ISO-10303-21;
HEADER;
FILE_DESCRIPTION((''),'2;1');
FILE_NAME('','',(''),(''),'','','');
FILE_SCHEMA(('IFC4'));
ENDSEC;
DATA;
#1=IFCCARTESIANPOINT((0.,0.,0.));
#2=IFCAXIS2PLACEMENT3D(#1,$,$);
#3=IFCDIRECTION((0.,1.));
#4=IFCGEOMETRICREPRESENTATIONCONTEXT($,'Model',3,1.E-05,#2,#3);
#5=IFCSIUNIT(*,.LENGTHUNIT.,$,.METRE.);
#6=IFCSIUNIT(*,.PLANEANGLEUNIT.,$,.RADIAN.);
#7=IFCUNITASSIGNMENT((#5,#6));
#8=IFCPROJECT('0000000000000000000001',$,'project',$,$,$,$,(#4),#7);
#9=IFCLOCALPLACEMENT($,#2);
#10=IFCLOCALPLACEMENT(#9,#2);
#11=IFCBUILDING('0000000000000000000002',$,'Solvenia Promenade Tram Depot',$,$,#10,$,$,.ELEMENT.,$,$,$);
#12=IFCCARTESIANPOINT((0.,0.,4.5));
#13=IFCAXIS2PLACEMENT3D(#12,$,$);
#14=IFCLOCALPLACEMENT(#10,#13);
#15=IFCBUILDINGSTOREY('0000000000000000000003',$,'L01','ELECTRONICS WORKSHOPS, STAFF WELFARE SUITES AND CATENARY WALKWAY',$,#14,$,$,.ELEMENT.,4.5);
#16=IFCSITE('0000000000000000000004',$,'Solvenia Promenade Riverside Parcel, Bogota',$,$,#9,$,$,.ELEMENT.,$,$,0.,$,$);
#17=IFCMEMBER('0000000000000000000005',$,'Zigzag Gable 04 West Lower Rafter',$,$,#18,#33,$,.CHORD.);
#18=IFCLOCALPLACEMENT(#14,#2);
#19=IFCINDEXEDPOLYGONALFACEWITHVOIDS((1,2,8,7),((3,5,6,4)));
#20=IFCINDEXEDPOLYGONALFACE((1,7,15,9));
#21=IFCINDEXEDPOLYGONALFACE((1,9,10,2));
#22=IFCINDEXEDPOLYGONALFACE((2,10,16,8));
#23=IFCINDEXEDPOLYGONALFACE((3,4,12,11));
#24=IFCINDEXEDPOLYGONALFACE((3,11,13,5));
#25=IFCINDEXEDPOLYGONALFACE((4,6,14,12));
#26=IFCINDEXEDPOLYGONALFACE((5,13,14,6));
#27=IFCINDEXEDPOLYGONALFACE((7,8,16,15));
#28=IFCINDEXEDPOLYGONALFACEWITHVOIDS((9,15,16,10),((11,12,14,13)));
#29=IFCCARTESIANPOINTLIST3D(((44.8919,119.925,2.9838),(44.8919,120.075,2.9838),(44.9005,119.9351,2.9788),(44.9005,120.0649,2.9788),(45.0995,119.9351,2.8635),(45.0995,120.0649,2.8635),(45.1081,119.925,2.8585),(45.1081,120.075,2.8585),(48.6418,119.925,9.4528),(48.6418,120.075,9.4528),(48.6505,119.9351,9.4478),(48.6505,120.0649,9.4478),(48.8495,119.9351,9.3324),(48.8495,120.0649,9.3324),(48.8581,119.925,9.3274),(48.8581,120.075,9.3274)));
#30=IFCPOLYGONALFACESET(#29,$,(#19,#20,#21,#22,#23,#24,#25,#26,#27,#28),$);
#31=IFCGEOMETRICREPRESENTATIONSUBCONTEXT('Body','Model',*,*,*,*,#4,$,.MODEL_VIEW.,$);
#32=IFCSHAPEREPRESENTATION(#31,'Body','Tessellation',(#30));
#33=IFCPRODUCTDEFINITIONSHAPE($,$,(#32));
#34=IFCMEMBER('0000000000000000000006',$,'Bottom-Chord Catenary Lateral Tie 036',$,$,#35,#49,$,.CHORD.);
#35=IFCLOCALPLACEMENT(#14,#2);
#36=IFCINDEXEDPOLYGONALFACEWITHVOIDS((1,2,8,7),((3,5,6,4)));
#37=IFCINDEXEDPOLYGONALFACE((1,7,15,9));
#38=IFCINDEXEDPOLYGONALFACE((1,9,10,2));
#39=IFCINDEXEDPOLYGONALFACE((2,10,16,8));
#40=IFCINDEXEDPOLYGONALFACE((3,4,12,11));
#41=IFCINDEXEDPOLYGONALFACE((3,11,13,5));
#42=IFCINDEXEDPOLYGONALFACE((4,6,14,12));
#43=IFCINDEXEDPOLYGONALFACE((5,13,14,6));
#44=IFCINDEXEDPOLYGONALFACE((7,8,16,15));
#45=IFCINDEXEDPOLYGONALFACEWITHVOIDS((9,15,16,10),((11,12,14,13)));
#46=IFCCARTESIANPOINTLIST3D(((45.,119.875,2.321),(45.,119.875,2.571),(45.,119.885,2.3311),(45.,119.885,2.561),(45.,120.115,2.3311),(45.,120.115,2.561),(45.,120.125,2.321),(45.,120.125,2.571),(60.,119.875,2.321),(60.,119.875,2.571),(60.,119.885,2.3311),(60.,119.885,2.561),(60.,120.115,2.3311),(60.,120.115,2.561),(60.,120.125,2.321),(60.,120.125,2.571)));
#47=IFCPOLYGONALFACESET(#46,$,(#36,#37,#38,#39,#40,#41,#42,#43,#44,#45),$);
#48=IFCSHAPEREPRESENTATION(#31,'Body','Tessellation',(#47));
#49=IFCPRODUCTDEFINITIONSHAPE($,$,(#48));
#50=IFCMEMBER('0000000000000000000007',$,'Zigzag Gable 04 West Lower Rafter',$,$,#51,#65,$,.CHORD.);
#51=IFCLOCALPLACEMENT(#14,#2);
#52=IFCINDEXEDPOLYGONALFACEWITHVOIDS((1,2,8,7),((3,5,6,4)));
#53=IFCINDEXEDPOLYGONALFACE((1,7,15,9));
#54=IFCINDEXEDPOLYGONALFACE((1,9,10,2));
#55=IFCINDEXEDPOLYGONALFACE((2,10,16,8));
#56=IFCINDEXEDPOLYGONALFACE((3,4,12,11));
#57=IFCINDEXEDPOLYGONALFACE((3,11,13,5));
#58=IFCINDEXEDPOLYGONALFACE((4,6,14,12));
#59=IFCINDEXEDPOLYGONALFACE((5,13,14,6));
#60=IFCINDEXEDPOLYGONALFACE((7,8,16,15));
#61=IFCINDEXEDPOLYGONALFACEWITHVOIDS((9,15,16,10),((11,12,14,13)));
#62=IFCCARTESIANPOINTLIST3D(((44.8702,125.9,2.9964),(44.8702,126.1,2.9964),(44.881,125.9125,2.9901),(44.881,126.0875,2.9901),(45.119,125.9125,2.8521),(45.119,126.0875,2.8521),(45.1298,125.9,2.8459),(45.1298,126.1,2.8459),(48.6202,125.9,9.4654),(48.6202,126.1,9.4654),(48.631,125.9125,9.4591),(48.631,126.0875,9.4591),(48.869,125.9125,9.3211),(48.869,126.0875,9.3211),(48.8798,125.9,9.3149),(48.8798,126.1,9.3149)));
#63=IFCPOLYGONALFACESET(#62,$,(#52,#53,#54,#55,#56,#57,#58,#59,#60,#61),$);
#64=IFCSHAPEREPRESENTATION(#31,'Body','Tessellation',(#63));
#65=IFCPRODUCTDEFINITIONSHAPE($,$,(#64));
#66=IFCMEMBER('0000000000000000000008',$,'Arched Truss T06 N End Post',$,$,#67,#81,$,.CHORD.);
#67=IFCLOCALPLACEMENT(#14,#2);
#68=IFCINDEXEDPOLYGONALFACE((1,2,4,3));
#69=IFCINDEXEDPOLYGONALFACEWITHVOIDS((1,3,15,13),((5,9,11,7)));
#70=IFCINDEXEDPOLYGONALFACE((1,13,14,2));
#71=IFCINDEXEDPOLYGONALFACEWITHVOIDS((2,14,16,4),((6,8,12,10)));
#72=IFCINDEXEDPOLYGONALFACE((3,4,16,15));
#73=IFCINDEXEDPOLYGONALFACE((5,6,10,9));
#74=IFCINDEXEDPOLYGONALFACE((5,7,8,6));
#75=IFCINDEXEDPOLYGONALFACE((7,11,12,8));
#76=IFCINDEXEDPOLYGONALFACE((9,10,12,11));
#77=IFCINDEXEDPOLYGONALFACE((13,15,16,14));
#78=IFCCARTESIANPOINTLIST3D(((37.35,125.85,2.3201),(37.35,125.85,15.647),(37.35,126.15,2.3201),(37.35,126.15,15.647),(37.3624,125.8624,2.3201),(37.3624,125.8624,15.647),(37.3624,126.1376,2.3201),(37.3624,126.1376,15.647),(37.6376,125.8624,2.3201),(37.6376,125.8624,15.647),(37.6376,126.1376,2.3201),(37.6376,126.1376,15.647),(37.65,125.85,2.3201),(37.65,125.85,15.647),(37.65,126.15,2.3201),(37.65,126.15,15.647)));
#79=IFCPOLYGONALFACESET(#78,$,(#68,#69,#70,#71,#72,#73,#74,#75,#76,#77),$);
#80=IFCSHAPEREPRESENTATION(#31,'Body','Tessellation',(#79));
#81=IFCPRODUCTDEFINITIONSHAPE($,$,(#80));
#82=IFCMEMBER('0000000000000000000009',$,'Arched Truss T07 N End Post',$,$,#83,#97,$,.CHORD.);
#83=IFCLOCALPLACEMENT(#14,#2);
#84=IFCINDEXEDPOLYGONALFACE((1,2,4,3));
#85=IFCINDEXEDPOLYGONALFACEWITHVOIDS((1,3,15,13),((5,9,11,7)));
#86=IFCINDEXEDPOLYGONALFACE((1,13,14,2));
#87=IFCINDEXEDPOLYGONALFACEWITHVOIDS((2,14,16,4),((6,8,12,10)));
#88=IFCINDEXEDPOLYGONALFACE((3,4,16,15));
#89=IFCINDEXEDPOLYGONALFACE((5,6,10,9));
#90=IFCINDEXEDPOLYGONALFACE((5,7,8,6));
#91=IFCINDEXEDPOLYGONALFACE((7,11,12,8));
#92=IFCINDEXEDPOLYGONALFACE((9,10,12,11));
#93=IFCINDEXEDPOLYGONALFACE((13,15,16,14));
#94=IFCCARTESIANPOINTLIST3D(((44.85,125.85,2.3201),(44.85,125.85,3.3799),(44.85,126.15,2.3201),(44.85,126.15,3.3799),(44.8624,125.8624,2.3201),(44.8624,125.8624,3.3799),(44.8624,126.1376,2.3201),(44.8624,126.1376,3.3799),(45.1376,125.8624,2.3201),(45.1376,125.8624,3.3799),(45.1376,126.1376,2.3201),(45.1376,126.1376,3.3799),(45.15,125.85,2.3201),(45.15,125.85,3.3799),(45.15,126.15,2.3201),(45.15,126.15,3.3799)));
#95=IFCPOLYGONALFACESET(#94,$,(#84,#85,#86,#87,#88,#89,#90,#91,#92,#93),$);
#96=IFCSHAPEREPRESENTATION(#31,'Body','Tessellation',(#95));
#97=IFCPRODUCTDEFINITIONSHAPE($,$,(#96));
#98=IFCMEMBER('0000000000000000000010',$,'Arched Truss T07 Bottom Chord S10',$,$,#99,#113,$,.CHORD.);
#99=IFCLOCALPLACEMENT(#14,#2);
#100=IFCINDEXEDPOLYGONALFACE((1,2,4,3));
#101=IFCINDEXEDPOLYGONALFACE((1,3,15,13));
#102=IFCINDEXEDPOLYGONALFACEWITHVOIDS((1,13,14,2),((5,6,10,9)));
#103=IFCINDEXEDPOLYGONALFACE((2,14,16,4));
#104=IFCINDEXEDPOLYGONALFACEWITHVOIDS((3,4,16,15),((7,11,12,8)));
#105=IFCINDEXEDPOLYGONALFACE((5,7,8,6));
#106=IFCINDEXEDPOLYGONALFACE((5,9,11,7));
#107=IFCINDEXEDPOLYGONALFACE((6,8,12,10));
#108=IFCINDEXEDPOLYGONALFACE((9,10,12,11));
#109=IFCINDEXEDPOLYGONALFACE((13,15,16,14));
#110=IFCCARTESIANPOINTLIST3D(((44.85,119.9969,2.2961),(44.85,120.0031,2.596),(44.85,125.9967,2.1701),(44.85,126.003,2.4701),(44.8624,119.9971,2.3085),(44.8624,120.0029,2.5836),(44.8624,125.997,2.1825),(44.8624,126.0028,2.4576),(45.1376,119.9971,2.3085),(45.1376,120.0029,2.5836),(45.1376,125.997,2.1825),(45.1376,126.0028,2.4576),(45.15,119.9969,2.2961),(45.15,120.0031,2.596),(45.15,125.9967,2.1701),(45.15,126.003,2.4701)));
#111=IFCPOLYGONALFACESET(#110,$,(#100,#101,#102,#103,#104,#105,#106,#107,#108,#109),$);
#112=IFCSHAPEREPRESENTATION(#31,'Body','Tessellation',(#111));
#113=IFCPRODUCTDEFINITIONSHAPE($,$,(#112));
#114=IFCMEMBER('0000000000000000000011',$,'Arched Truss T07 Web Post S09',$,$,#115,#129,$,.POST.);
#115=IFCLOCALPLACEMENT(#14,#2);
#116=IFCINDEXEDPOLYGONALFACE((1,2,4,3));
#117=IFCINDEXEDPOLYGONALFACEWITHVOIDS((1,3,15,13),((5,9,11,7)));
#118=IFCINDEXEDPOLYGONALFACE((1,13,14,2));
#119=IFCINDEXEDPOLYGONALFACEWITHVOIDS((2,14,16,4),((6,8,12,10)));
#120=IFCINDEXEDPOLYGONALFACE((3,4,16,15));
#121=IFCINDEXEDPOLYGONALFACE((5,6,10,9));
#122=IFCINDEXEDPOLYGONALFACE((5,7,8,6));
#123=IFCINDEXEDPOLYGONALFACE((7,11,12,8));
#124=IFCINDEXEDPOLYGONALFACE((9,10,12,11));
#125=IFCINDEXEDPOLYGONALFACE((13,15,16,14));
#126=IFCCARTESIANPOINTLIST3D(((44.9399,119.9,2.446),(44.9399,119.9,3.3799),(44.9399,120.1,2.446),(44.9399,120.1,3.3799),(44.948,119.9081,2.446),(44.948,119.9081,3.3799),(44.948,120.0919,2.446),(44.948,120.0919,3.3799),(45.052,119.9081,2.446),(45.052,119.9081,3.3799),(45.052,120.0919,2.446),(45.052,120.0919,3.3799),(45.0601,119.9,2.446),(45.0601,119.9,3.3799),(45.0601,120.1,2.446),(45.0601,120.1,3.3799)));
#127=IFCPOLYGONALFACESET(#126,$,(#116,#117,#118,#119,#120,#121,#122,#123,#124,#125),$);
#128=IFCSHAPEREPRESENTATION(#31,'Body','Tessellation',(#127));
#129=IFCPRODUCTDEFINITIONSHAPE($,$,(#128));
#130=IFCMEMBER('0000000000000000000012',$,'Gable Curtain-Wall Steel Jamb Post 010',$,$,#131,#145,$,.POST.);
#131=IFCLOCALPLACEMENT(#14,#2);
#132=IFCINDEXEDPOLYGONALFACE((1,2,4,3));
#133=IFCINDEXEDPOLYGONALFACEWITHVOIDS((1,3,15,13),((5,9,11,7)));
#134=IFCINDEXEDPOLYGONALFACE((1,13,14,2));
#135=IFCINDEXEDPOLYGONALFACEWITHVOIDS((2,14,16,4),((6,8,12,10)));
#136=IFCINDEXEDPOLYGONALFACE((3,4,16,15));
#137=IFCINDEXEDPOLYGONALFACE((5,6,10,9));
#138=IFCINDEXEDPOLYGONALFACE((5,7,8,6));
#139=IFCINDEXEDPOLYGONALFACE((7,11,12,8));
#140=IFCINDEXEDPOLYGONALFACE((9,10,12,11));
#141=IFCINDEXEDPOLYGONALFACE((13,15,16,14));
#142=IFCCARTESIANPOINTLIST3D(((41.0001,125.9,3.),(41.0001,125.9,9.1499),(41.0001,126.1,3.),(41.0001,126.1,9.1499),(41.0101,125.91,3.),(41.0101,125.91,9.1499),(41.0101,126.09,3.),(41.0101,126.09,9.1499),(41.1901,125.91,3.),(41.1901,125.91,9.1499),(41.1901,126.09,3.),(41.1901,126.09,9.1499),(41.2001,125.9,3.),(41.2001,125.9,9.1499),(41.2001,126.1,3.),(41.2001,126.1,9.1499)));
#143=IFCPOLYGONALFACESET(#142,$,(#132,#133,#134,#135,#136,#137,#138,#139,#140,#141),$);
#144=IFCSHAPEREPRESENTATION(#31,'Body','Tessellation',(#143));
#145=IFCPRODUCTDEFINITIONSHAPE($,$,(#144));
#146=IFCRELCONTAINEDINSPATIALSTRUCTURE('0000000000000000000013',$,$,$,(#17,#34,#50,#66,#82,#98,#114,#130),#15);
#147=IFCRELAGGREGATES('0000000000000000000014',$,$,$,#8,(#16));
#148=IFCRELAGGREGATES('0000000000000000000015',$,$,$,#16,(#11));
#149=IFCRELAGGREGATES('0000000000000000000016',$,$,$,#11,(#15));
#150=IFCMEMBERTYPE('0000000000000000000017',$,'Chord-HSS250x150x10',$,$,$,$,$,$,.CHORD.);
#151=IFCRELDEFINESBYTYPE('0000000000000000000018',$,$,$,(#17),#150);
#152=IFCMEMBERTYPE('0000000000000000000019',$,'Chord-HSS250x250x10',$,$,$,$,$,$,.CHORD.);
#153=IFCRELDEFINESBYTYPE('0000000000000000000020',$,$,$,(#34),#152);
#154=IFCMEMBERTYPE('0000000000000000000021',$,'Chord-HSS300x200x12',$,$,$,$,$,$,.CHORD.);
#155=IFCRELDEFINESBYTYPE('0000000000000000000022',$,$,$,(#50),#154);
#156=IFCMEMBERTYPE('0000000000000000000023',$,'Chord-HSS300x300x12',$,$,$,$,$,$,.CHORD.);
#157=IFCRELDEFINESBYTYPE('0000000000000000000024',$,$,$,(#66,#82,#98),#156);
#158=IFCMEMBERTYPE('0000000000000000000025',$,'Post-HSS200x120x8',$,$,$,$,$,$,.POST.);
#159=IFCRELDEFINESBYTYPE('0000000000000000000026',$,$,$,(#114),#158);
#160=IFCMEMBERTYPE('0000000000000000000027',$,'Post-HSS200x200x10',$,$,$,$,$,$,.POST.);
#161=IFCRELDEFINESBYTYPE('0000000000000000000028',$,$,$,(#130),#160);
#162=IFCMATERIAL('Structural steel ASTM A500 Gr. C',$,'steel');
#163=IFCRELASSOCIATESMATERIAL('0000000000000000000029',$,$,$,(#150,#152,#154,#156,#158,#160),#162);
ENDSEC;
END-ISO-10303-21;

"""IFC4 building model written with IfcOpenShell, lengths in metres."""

from ifc_helpers import new_model, si_unit, direction, frame, origin, origin_2d, place, context, subcontext, project, spatial, hollow_rectangle, extrude, material, material_profile, profile_set, type_object, element, save


model = new_model("IFC4")

# Units and contexts
model_context = context("Model", 3, precision=1e-05, world=origin(), true_north=direction((0.0, 1.0)))
body_context = subcontext(model_context, "Body", "Model", "MODEL_VIEW")
ifc_project = project(units=[si_unit("LENGTHUNIT", "METRE"), si_unit("PLANEANGLEUNIT", "RADIAN")], contexts=[model_context])

# Site, building, storey
site_placement = place(None, origin())
site = spatial("IfcSite", under=ifc_project, at=site_placement, Name="Solvenia Promenade Riverside Parcel, Bogota", CompositionType="ELEMENT", RefElevation=0.0)
building_placement = place(site_placement, origin())
building = spatial("IfcBuilding", under=site, at=building_placement, Name="Solvenia Promenade Tram Depot", CompositionType="ELEMENT")
storey_placement = place(building_placement, frame((0.0, 0.0, 4.5)))
storey = spatial("IfcBuildingStorey", under=building, at=storey_placement, Name="L01", Description="ELECTRONICS WORKSHOPS, STAFF WELFARE SUITES AND CATENARY WALKWAY", CompositionType="ELEMENT", Elevation=4.5)

# Shared definitions
ifc_material_1 = material(Name="Structural steel ASTM A500 Gr. C", Category="steel")

# Members
ifc_material_profile_1 = material_profile(ifc_material_1, hollow_rectangle(XDim=0.1499, YDim=0.25, WallThickness=0.01, at=origin_2d()), Name="HSS250x150x10", Category="steel")
ifc_profile_set_1 = profile_set([ifc_material_profile_1], Name="Structural steel ASTM A500 Gr. C")
member_type_1 = type_object("IfcMemberType", Name="Chord-HSS250x150x10", PredefinedType="CHORD", material=ifc_profile_set_1)
member_1_placement = place(storey_placement, frame((45.0, 120.0, 2.9211), z_axis=(0.501516, 0.0, 0.865148), x_axis=(0.0, 1.0, 0.0)))
element("IfcMember", 1, at=member_1_placement, inside=storey, type_object=member_type_1, Name="Zigzag Gable 04 West Lower Rafter", PredefinedType="CHORD", context=body_context, shape_type="SweptSolid", body=[
    extrude(hollow_rectangle(XDim=0.1499, YDim=0.25, WallThickness=0.01, at=origin_2d()), origin(), (0.0, 0.0, 1.0), 7.4773),
])
ifc_material_profile_2 = material_profile(ifc_material_1, hollow_rectangle(XDim=0.25, YDim=0.25, WallThickness=0.01, at=origin_2d()), Name="HSS250x250x10", Category="steel")
ifc_profile_set_2 = profile_set([ifc_material_profile_2], Name="Structural steel ASTM A500 Gr. C")
member_type_2 = type_object("IfcMemberType", Name="Chord-HSS250x250x10", PredefinedType="CHORD", material=ifc_profile_set_2)
member_2_placement = place(storey_placement, frame((45.0, 120.0, 2.446), z_axis=(1.0, 0.0, 0.0), x_axis=(0.0, 1.0, 0.0)))
element("IfcMember", 2, at=member_2_placement, inside=storey, type_object=member_type_2, Name="Bottom-Chord Catenary Lateral Tie 036", PredefinedType="CHORD", context=body_context, shape_type="SweptSolid", body=[
    extrude(hollow_rectangle(XDim=0.25, YDim=0.25, WallThickness=0.01, at=origin_2d()), origin(), (0.0, 0.0, 1.0), 15.0),
])
ifc_material_profile_3 = material_profile(ifc_material_1, hollow_rectangle(XDim=0.2, YDim=0.3, WallThickness=0.0125, at=origin_2d()), Name="HSS300x200x12.5", Category="steel")
ifc_profile_set_3 = profile_set([ifc_material_profile_3], Name="Structural steel ASTM A500 Gr. C")
member_type_3 = type_object("IfcMemberType", Name="Chord-HSS300x200x12", PredefinedType="CHORD", material=ifc_profile_set_3)
member_3_placement = place(storey_placement, frame((45.0, 126.0, 2.9211), z_axis=(0.501516, 0.0, 0.865148), x_axis=(0.0, 1.0, 0.0)))
element("IfcMember", 3, at=member_3_placement, inside=storey, type_object=member_type_3, Name="Zigzag Gable 04 West Lower Rafter", PredefinedType="CHORD", context=body_context, shape_type="SweptSolid", body=[
    extrude(hollow_rectangle(XDim=0.2, YDim=0.3, WallThickness=0.0125, at=origin_2d()), origin(), (0.0, 0.0, 1.0), 7.4773),
])
ifc_material_profile_4 = material_profile(ifc_material_1, hollow_rectangle(XDim=0.3, YDim=0.3, WallThickness=0.0125, at=origin_2d()), Name="HSS300x300x12.5", Category="steel")
ifc_profile_set_4 = profile_set([ifc_material_profile_4], Name="Structural steel ASTM A500 Gr. C")
member_type_4 = type_object("IfcMemberType", Name="Chord-HSS300x300x12", PredefinedType="CHORD", material=ifc_profile_set_4)
member_4_placement = place(storey_placement, frame((37.5, 126.0, 2.3201), z_axis=(0.0, 0.0, 1.0), x_axis=(1.0, 0.0, 0.0)))
element("IfcMember", 4, at=member_4_placement, inside=storey, type_object=member_type_4, Name="Arched Truss T06 N End Post", PredefinedType="CHORD", context=body_context, shape_type="SweptSolid", body=[
    extrude(hollow_rectangle(XDim=0.3, YDim=0.3, WallThickness=0.0125, at=origin_2d()), origin(), (0.0, 0.0, 1.0), 13.3269),
])
member_5_placement = place(storey_placement, frame((45.0, 126.0, 2.3201), z_axis=(0.0, 0.0, 1.0), x_axis=(1.0, 0.0, 0.0)))
element("IfcMember", 5, at=member_5_placement, inside=storey, type_object=member_type_4, Name="Arched Truss T07 N End Post", PredefinedType="CHORD", context=body_context, shape_type="SweptSolid", body=[
    extrude(hollow_rectangle(XDim=0.3, YDim=0.3, WallThickness=0.0125, at=origin_2d()), origin(), (0.0, 0.0, 1.0), 1.0598),
])
member_6_placement = place(storey_placement, frame((45.0, 120.0, 2.446), z_axis=(0.0, 0.99978, -0.020991), x_axis=(-1.0, 0.0, 0.0)))
element("IfcMember", 6, at=member_6_placement, inside=storey, type_object=member_type_4, Name="Arched Truss T07 Bottom Chord S10", PredefinedType="CHORD", context=body_context, shape_type="SweptSolid", body=[
    extrude(hollow_rectangle(XDim=0.3, YDim=0.3, WallThickness=0.0125, at=origin_2d()), origin(), (0.0, 0.0, 1.0), 6.0012),
])
ifc_material_profile_5 = material_profile(ifc_material_1, hollow_rectangle(XDim=0.1201, YDim=0.2, WallThickness=0.0081, at=origin_2d()), Name="HSS200x120x8", Category="steel")
ifc_profile_set_5 = profile_set([ifc_material_profile_5], Name="Structural steel ASTM A500 Gr. C")
member_type_5 = type_object("IfcMemberType", Name="Post-HSS200x120x8", PredefinedType="POST", material=ifc_profile_set_5)
member_7_placement = place(storey_placement, frame((45.0, 120.0, 2.446), z_axis=(0.0, 0.0, 1.0), x_axis=(1.0, 0.0, 0.0)))
element("IfcMember", 7, at=member_7_placement, inside=storey, type_object=member_type_5, Name="Arched Truss T07 Web Post S09", PredefinedType="POST", context=body_context, shape_type="SweptSolid", body=[
    extrude(hollow_rectangle(XDim=0.1201, YDim=0.2, WallThickness=0.0081, at=origin_2d()), origin(), (0.0, 0.0, 1.0), 0.9338),
])
ifc_material_profile_6 = material_profile(ifc_material_1, hollow_rectangle(XDim=0.2, YDim=0.2, WallThickness=0.01, at=origin_2d()), Name="HSS200x200x10", Category="steel")
ifc_profile_set_6 = profile_set([ifc_material_profile_6], Name="Structural steel ASTM A500 Gr. C")
member_type_6 = type_object("IfcMemberType", Name="Post-HSS200x200x10", PredefinedType="POST", material=ifc_profile_set_6)
member_8_placement = place(storey_placement, frame((41.1001, 126.0, 3.0), z_axis=(0.0, 0.0, 1.0), x_axis=(1.0, 0.0, 0.0)))
element("IfcMember", 8, at=member_8_placement, inside=storey, type_object=member_type_6, Name="Gable Curtain-Wall Steel Jamb Post 010", PredefinedType="POST", context=body_context, shape_type="SweptSolid", body=[
    extrude(hollow_rectangle(XDim=0.2, YDim=0.2, WallThickness=0.01, at=origin_2d()), origin(), (0.0, 0.0, 1.0), 6.1499),
])

save(model, "model.ifc")
